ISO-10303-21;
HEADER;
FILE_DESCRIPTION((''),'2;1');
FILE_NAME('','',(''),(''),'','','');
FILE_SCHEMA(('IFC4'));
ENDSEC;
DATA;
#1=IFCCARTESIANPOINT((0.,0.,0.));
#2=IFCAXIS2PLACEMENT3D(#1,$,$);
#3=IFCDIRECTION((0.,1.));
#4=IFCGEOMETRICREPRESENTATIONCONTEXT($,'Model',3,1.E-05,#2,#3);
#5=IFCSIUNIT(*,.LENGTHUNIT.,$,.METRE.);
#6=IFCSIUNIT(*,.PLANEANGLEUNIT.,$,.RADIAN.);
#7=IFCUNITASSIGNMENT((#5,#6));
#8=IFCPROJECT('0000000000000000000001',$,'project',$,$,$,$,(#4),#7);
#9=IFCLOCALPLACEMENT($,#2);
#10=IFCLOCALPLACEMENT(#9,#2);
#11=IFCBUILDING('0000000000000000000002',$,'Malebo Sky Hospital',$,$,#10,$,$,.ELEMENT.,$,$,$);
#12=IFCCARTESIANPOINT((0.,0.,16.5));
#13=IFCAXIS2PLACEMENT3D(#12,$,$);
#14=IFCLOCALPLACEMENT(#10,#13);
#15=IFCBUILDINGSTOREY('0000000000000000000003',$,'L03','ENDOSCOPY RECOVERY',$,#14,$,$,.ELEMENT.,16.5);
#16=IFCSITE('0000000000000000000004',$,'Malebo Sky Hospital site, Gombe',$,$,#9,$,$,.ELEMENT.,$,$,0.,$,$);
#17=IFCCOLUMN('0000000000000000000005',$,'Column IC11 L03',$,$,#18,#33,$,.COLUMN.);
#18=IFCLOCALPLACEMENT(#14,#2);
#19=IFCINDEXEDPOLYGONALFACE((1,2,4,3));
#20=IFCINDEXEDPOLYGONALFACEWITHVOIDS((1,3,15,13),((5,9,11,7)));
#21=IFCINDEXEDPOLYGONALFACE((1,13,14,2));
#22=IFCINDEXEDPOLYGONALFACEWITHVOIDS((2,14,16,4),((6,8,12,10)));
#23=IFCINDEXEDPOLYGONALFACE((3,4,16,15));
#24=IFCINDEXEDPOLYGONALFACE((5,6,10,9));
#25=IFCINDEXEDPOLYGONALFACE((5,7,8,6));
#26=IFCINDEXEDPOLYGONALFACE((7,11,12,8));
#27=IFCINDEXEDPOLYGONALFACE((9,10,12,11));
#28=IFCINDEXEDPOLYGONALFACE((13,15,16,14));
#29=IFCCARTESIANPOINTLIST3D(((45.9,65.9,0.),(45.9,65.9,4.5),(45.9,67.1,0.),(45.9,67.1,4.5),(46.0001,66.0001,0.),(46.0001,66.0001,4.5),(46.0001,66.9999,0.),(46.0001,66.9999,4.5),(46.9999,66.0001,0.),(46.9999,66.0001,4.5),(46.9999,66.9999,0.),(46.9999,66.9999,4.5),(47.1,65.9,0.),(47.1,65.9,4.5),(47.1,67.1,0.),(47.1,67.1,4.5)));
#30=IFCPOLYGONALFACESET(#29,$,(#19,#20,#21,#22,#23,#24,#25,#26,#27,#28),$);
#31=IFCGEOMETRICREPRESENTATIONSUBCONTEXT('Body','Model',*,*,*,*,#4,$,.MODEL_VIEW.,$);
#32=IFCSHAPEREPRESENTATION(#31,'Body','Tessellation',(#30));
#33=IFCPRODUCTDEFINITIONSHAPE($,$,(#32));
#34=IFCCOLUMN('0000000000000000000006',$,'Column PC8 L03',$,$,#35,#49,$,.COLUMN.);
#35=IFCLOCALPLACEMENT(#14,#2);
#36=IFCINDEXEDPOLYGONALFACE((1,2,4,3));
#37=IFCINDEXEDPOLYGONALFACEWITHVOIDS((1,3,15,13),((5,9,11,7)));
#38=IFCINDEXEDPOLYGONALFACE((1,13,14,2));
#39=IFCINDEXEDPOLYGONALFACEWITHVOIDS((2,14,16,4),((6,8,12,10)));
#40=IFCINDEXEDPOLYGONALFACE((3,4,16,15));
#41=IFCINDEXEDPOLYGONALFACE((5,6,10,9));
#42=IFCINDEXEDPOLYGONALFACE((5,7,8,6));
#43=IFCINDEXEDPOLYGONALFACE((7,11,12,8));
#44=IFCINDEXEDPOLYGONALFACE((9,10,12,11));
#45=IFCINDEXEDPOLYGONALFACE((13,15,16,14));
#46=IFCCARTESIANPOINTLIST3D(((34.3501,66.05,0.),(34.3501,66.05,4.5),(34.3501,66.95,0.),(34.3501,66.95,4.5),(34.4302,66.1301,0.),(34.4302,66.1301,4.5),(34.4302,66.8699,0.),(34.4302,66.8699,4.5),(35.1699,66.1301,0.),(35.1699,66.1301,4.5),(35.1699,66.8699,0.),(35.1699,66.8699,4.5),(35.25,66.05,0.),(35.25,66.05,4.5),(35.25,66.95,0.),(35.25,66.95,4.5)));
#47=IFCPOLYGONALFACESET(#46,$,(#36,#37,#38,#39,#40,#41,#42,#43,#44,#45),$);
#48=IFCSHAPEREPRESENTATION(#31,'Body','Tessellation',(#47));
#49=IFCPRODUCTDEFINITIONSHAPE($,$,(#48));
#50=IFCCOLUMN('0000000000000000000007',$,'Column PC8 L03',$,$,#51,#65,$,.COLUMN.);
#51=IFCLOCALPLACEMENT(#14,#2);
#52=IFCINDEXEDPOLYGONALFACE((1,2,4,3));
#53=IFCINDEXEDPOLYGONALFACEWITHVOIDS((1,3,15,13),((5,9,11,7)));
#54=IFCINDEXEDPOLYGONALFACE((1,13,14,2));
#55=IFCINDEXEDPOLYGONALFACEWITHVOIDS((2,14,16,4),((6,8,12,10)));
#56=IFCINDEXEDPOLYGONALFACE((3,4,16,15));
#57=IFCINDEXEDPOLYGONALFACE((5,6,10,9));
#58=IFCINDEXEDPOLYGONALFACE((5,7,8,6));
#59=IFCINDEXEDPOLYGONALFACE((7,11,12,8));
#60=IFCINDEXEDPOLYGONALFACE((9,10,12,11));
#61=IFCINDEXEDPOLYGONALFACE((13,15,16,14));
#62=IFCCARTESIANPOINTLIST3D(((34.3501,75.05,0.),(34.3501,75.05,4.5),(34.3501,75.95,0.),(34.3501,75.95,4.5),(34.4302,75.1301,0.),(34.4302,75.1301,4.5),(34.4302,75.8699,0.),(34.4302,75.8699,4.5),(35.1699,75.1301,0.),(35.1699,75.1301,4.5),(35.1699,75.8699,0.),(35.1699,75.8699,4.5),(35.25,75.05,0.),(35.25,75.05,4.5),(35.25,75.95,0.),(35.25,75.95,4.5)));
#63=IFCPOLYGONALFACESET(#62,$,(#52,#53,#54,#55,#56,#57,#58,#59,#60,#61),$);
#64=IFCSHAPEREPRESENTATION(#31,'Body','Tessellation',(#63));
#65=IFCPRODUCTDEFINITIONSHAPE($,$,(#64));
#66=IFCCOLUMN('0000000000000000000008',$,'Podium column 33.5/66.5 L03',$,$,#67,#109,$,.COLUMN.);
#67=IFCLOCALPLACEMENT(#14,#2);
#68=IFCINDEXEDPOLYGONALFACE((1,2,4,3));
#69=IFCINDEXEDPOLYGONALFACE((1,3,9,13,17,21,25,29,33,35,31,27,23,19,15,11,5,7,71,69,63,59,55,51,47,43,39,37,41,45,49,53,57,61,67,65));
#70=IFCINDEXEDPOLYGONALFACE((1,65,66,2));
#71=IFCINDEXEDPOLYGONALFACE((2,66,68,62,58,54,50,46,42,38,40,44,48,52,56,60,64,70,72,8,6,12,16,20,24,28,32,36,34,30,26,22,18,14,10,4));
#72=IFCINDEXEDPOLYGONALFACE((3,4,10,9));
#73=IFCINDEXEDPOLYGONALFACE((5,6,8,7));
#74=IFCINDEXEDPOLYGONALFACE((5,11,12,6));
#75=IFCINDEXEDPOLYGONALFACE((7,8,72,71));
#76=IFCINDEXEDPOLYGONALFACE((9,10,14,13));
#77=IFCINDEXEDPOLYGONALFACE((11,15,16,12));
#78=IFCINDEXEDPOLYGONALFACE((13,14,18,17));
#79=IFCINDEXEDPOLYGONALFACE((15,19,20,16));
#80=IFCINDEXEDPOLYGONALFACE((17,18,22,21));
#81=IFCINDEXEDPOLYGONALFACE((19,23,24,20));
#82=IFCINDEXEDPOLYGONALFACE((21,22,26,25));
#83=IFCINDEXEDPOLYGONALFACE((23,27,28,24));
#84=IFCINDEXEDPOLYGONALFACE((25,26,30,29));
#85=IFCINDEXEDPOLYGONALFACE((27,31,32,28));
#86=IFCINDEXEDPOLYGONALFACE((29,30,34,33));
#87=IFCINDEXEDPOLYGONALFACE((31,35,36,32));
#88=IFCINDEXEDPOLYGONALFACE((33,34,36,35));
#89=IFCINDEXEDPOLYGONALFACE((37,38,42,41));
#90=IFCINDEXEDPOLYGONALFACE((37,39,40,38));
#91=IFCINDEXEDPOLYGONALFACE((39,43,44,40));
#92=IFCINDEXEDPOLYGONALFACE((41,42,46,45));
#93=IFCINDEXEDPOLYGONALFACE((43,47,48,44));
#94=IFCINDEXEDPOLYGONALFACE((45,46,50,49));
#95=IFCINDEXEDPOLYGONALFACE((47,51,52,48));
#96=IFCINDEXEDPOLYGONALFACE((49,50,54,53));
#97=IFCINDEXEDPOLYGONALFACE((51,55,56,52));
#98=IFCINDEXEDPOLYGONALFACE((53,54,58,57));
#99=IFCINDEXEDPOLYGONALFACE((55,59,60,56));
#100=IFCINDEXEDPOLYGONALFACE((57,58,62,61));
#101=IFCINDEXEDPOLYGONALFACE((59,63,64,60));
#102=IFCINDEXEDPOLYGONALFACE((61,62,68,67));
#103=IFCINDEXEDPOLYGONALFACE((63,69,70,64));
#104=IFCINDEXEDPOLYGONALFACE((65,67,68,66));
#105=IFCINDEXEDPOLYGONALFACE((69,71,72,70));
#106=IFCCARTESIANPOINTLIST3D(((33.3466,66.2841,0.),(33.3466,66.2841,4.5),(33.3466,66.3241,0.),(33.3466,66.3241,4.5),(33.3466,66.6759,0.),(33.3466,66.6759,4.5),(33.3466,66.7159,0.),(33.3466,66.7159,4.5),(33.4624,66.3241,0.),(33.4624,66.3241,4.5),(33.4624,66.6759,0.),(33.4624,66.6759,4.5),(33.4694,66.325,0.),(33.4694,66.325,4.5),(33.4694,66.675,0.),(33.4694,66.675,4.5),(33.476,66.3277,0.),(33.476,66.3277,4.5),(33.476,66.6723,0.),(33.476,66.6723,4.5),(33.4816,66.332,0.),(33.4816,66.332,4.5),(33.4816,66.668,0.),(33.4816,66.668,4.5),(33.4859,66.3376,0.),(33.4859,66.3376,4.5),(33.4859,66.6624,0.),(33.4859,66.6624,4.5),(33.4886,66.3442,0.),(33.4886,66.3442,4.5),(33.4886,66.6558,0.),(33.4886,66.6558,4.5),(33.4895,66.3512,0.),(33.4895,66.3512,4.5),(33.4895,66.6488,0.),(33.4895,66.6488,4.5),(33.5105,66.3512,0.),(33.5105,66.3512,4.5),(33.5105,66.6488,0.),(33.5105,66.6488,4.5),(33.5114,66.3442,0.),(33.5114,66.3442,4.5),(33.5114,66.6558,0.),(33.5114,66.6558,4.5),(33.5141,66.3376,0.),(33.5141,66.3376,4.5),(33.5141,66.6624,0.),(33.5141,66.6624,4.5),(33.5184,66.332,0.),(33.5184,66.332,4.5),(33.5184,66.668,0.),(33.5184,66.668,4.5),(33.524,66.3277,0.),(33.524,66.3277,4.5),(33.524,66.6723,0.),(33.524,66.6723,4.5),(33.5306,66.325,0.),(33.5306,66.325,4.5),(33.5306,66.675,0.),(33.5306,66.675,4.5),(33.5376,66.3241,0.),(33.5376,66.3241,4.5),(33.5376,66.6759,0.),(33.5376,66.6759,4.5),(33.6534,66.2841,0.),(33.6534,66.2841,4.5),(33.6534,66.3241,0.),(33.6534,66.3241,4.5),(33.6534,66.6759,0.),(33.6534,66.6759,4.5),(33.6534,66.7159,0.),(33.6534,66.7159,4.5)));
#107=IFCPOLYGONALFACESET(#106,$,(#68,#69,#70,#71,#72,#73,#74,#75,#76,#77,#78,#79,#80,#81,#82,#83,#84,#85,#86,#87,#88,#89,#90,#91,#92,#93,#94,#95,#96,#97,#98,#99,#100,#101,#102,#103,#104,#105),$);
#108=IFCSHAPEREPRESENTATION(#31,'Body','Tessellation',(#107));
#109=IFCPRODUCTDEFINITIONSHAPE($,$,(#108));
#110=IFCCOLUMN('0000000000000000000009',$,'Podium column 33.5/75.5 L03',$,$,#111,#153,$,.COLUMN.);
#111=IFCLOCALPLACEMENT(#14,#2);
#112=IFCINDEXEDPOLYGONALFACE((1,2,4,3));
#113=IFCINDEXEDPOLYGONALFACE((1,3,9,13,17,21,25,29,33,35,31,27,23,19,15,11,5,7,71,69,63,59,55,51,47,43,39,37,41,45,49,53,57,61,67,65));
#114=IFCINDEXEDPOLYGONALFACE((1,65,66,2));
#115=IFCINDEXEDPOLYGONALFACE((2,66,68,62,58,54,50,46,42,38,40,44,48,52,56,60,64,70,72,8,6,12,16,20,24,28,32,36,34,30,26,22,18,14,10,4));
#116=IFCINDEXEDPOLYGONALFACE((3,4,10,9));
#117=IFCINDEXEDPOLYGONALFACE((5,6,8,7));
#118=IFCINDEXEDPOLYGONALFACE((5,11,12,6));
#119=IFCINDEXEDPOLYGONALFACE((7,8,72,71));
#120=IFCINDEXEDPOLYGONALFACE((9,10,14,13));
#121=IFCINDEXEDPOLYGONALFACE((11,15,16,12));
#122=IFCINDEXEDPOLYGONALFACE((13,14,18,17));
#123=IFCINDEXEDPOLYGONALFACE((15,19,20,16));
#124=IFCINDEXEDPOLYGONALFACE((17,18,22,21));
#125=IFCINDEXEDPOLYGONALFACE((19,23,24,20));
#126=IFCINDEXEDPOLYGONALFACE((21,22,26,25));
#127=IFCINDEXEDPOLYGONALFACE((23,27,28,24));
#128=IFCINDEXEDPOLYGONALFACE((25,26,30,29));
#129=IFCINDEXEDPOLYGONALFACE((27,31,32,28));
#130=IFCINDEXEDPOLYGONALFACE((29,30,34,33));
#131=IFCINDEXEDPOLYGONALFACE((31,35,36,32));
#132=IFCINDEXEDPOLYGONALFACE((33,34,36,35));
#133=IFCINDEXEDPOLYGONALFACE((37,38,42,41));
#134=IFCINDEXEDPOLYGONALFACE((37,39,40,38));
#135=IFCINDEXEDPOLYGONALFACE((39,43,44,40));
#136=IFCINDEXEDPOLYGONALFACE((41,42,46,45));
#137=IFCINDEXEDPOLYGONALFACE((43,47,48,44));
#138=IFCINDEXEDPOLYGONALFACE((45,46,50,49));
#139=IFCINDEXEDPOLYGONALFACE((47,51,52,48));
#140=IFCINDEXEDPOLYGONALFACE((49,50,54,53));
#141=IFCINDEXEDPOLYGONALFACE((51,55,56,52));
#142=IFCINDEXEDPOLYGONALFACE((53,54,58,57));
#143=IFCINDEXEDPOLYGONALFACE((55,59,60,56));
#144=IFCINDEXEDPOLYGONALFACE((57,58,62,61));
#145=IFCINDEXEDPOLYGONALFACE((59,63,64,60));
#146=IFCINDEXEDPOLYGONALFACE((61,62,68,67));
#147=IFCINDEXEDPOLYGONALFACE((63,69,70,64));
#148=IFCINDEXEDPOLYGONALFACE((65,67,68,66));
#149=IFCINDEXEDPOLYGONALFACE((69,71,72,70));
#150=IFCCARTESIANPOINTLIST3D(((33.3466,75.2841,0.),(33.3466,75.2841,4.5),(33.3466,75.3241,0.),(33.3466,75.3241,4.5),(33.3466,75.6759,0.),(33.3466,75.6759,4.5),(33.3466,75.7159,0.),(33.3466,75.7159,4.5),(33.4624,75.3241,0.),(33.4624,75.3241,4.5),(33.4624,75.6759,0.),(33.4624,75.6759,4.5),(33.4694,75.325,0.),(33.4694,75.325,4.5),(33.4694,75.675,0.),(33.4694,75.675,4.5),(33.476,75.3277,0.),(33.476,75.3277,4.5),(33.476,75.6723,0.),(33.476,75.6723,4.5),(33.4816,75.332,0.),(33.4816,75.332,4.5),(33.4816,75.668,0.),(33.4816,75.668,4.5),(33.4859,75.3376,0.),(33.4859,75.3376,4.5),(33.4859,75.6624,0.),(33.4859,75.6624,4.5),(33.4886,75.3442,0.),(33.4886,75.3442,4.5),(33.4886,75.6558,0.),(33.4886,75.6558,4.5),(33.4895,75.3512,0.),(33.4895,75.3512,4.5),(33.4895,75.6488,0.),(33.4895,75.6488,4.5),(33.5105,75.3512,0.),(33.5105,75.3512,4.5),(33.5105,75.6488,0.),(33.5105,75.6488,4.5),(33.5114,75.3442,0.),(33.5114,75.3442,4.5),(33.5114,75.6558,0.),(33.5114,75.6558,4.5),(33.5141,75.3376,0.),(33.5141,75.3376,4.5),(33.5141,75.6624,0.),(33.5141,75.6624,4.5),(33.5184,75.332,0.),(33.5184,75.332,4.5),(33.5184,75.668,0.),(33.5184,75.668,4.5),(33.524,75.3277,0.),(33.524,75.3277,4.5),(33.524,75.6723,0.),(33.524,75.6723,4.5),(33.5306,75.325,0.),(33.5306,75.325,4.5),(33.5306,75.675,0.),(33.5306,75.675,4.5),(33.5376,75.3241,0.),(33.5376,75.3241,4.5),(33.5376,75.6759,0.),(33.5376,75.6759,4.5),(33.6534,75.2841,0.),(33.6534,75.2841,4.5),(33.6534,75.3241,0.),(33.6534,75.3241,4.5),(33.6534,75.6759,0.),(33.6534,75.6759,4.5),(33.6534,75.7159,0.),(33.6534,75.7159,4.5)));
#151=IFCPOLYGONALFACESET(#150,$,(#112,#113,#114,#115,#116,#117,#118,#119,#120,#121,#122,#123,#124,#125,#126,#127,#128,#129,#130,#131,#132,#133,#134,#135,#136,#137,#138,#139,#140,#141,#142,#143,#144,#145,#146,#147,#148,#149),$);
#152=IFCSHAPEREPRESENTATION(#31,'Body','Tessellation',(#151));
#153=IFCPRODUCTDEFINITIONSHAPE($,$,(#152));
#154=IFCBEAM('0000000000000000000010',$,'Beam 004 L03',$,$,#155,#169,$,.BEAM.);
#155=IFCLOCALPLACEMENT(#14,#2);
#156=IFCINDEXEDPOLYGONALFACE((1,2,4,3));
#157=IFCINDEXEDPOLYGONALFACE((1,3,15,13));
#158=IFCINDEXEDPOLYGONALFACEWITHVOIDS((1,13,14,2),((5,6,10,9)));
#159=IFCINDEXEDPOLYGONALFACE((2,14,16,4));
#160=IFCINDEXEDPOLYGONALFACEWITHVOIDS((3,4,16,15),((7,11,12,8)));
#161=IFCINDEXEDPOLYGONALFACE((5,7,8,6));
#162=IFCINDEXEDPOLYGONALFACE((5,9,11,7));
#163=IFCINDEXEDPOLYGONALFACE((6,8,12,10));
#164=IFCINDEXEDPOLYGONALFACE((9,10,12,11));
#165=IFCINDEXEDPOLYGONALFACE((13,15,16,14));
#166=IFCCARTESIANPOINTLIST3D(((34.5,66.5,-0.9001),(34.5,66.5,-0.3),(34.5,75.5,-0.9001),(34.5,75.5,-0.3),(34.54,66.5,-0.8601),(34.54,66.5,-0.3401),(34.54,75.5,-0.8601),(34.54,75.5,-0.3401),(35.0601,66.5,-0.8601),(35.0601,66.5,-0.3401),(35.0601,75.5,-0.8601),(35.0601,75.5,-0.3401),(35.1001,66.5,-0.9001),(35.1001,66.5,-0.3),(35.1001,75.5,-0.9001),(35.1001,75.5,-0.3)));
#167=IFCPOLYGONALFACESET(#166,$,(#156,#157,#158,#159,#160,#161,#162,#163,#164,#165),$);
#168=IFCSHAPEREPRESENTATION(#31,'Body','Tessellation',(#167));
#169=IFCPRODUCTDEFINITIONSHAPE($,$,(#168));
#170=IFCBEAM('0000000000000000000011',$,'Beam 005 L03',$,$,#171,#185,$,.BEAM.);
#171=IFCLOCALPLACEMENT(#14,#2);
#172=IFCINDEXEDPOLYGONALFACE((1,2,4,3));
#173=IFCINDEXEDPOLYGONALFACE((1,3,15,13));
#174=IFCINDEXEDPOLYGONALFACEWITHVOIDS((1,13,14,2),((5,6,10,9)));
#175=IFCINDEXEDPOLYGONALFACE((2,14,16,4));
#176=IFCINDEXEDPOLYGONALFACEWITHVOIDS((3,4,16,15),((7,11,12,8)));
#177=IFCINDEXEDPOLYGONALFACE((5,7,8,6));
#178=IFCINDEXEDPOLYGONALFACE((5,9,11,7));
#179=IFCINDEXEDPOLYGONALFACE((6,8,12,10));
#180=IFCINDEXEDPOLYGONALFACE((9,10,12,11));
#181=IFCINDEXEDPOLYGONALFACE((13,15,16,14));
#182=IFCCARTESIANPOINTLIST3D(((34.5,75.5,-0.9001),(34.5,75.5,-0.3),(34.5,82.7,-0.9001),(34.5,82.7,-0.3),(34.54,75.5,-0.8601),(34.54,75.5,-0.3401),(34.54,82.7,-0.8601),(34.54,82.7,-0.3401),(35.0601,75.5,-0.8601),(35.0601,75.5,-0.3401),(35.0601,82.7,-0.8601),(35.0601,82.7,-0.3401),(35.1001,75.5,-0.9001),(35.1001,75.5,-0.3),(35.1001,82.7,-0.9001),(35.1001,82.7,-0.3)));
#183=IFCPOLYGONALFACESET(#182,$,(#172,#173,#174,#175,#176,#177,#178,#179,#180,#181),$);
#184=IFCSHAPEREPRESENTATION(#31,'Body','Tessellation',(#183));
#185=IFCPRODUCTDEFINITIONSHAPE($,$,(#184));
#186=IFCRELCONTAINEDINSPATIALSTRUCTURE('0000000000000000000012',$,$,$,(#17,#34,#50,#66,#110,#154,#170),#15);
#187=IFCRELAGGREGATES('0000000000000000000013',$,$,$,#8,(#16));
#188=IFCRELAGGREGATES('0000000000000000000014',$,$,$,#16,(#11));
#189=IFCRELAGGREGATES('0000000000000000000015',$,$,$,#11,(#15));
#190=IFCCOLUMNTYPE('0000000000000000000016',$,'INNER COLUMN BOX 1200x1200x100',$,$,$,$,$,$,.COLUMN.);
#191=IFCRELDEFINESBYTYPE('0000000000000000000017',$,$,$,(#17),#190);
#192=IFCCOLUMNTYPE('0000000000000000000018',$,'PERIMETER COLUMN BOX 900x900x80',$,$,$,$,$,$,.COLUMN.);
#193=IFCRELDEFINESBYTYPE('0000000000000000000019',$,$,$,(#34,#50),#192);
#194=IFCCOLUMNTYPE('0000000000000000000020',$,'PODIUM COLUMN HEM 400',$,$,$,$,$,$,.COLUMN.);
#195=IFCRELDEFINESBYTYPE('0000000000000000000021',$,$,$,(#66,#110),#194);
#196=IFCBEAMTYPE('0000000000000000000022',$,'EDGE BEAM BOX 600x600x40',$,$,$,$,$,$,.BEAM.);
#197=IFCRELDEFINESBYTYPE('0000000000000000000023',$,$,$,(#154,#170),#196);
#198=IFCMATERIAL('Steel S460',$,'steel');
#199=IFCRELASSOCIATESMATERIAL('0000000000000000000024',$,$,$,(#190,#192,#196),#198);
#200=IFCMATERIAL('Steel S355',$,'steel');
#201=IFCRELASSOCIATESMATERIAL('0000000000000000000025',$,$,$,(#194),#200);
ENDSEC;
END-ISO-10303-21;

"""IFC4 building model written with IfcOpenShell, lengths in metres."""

from ifc_helpers import new_model, si_unit, direction, frame, origin, origin_2d, place, context, subcontext, project, spatial, hollow_rectangle, i_section, extrude, material, material_profile, profile_set, type_object, element, save


model = new_model("IFC4")

# Units and contexts
model_context = context("Model", 3, precision=1e-05, world=origin(), true_north=direction((0.0, 1.0)))
body_context = subcontext(model_context, "Body", "Model", "MODEL_VIEW")
ifc_project = project(units=[si_unit("LENGTHUNIT", "METRE"), si_unit("PLANEANGLEUNIT", "RADIAN")], contexts=[model_context])

# Site, building, storey
site_placement = place(None, origin())
site = spatial("IfcSite", under=ifc_project, at=site_placement, Name="Malebo Sky Hospital site, Gombe", CompositionType="ELEMENT", RefElevation=0.0)
building_placement = place(site_placement, origin())
building = spatial("IfcBuilding", under=site, at=building_placement, Name="Malebo Sky Hospital", CompositionType="ELEMENT")
storey_placement = place(building_placement, frame((0.0, 0.0, 16.5)))
storey = spatial("IfcBuildingStorey", under=building, at=storey_placement, Name="L03", Description="ENDOSCOPY RECOVERY", CompositionType="ELEMENT", Elevation=16.5)

# Columns
ifc_material_1 = material(Name="Steel S460", Category="steel")
ifc_material_profile_1 = material_profile(ifc_material_1, hollow_rectangle(XDim=1.2, YDim=1.2, WallThickness=0.1001, at=origin_2d()), Name="BOX 1200x1200x100")
ifc_profile_set_1 = profile_set([ifc_material_profile_1], Name="Steel S460")
column_type_1 = type_object("IfcColumnType", Name="INNER COLUMN BOX 1200x1200x100", PredefinedType="COLUMN", material=ifc_profile_set_1)
column_placement = place(storey_placement, frame((46.5, 66.5, 0.0), z_axis=(0.0, 0.0, 1.0), x_axis=(1.0, 0.0, 0.0)))
element("IfcColumn", 1, at=column_placement, inside=storey, type_object=column_type_1, Name="Column IC11 L03", PredefinedType="COLUMN", context=body_context, shape_type="SweptSolid", body=[
    extrude(hollow_rectangle(XDim=1.2, YDim=1.2, WallThickness=0.1001, at=origin_2d()), origin(), (0.0, 0.0, 1.0), 4.5),
])
ifc_material_profile_2 = material_profile(ifc_material_1, hollow_rectangle(XDim=0.8999, YDim=0.8999, WallThickness=0.0801, at=origin_2d()), Name="BOX 900x900x80")
ifc_profile_set_2 = profile_set([ifc_material_profile_2], Name="Steel S460")
column_type_2 = type_object("IfcColumnType", Name="PERIMETER COLUMN BOX 900x900x80", PredefinedType="COLUMN", material=ifc_profile_set_2)
for number, where, z_axis, x_axis, name in (
    (2, (34.8, 66.5, 0.0), (0.0, 0.0, 1.0), (1.0, 0.0, 0.0), "Column PC8 L03"),
    (3, (34.8, 75.5, 0.0), (0.0, 0.0, 1.0), (1.0, 0.0, 0.0), "Column PC8 L03"),
):
    element("IfcColumn", number, at=place(storey_placement, frame(where, z_axis=z_axis, x_axis=x_axis)), inside=storey, type_object=column_type_2, Name=name, PredefinedType="COLUMN", context=body_context, shape_type="SweptSolid", body=[
        extrude(hollow_rectangle(XDim=0.8999, YDim=0.8999, WallThickness=0.0801, at=origin_2d()), origin(), (0.0, 0.0, 1.0), 4.5),
    ])
ifc_material_2 = material(Name="Steel S355", Category="steel")
ifc_material_profile_3 = material_profile(ifc_material_2, i_section(OverallWidth=0.3069, OverallDepth=0.4319, WebThickness=0.021, FlangeThickness=0.04, FilletRadius=0.0271, at=origin_2d()), Name="HEM 400")
ifc_profile_set_3 = profile_set([ifc_material_profile_3], Name="Steel S355")
column_type_3 = type_object("IfcColumnType", Name="PODIUM COLUMN HEM 400", PredefinedType="COLUMN", material=ifc_profile_set_3)
for number, where, z_axis, x_axis, name in (
    (4, (33.5, 66.5, 0.0), (0.0, 0.0, 1.0), (1.0, 0.0, 0.0), "Podium column 33.5/66.5 L03"),
    (5, (33.5, 75.5, 0.0), (0.0, 0.0, 1.0), (1.0, 0.0, 0.0), "Podium column 33.5/75.5 L03"),
):
    element("IfcColumn", number, at=place(storey_placement, frame(where, z_axis=z_axis, x_axis=x_axis)), inside=storey, type_object=column_type_3, Name=name, PredefinedType="COLUMN", context=body_context, shape_type="SweptSolid", body=[
        extrude(i_section(OverallWidth=0.3069, OverallDepth=0.4319, WebThickness=0.021, FlangeThickness=0.04, FilletRadius=0.0271, at=origin_2d()), origin(), (0.0, 0.0, 1.0), 4.5),
    ])

# Beams
ifc_material_profile_4 = material_profile(ifc_material_1, hollow_rectangle(XDim=0.6001, YDim=0.6001, WallThickness=0.04, at=origin_2d()), Name="BOX 600x600x40")
ifc_profile_set_4 = profile_set([ifc_material_profile_4], Name="Steel S460")
beam_type_1 = type_object("IfcBeamType", Name="EDGE BEAM BOX 600x600x40", PredefinedType="BEAM", material=ifc_profile_set_4)
beam_1_placement = place(storey_placement, frame((34.8, 66.5, -0.6001), z_axis=(0.0, 1.0, 0.0), x_axis=(-1.0, 0.0, 0.0)))
element("IfcBeam", 6, at=beam_1_placement, inside=storey, type_object=beam_type_1, Name="Beam 004 L03", PredefinedType="BEAM", context=body_context, shape_type="SweptSolid", body=[
    extrude(hollow_rectangle(XDim=0.6001, YDim=0.6001, WallThickness=0.04, at=origin_2d()), origin(), (0.0, 0.0, 1.0), 9.0),
])
beam_2_placement = place(storey_placement, frame((34.8, 75.5, -0.6001), z_axis=(0.0, 1.0, 0.0), x_axis=(-1.0, 0.0, 0.0)))
element("IfcBeam", 7, at=beam_2_placement, inside=storey, type_object=beam_type_1, Name="Beam 005 L03", PredefinedType="BEAM", context=body_context, shape_type="SweptSolid", body=[
    extrude(hollow_rectangle(XDim=0.6001, YDim=0.6001, WallThickness=0.04, at=origin_2d()), origin(), (0.0, 0.0, 1.0), 7.2),
])

save(model, "model.ifc")
